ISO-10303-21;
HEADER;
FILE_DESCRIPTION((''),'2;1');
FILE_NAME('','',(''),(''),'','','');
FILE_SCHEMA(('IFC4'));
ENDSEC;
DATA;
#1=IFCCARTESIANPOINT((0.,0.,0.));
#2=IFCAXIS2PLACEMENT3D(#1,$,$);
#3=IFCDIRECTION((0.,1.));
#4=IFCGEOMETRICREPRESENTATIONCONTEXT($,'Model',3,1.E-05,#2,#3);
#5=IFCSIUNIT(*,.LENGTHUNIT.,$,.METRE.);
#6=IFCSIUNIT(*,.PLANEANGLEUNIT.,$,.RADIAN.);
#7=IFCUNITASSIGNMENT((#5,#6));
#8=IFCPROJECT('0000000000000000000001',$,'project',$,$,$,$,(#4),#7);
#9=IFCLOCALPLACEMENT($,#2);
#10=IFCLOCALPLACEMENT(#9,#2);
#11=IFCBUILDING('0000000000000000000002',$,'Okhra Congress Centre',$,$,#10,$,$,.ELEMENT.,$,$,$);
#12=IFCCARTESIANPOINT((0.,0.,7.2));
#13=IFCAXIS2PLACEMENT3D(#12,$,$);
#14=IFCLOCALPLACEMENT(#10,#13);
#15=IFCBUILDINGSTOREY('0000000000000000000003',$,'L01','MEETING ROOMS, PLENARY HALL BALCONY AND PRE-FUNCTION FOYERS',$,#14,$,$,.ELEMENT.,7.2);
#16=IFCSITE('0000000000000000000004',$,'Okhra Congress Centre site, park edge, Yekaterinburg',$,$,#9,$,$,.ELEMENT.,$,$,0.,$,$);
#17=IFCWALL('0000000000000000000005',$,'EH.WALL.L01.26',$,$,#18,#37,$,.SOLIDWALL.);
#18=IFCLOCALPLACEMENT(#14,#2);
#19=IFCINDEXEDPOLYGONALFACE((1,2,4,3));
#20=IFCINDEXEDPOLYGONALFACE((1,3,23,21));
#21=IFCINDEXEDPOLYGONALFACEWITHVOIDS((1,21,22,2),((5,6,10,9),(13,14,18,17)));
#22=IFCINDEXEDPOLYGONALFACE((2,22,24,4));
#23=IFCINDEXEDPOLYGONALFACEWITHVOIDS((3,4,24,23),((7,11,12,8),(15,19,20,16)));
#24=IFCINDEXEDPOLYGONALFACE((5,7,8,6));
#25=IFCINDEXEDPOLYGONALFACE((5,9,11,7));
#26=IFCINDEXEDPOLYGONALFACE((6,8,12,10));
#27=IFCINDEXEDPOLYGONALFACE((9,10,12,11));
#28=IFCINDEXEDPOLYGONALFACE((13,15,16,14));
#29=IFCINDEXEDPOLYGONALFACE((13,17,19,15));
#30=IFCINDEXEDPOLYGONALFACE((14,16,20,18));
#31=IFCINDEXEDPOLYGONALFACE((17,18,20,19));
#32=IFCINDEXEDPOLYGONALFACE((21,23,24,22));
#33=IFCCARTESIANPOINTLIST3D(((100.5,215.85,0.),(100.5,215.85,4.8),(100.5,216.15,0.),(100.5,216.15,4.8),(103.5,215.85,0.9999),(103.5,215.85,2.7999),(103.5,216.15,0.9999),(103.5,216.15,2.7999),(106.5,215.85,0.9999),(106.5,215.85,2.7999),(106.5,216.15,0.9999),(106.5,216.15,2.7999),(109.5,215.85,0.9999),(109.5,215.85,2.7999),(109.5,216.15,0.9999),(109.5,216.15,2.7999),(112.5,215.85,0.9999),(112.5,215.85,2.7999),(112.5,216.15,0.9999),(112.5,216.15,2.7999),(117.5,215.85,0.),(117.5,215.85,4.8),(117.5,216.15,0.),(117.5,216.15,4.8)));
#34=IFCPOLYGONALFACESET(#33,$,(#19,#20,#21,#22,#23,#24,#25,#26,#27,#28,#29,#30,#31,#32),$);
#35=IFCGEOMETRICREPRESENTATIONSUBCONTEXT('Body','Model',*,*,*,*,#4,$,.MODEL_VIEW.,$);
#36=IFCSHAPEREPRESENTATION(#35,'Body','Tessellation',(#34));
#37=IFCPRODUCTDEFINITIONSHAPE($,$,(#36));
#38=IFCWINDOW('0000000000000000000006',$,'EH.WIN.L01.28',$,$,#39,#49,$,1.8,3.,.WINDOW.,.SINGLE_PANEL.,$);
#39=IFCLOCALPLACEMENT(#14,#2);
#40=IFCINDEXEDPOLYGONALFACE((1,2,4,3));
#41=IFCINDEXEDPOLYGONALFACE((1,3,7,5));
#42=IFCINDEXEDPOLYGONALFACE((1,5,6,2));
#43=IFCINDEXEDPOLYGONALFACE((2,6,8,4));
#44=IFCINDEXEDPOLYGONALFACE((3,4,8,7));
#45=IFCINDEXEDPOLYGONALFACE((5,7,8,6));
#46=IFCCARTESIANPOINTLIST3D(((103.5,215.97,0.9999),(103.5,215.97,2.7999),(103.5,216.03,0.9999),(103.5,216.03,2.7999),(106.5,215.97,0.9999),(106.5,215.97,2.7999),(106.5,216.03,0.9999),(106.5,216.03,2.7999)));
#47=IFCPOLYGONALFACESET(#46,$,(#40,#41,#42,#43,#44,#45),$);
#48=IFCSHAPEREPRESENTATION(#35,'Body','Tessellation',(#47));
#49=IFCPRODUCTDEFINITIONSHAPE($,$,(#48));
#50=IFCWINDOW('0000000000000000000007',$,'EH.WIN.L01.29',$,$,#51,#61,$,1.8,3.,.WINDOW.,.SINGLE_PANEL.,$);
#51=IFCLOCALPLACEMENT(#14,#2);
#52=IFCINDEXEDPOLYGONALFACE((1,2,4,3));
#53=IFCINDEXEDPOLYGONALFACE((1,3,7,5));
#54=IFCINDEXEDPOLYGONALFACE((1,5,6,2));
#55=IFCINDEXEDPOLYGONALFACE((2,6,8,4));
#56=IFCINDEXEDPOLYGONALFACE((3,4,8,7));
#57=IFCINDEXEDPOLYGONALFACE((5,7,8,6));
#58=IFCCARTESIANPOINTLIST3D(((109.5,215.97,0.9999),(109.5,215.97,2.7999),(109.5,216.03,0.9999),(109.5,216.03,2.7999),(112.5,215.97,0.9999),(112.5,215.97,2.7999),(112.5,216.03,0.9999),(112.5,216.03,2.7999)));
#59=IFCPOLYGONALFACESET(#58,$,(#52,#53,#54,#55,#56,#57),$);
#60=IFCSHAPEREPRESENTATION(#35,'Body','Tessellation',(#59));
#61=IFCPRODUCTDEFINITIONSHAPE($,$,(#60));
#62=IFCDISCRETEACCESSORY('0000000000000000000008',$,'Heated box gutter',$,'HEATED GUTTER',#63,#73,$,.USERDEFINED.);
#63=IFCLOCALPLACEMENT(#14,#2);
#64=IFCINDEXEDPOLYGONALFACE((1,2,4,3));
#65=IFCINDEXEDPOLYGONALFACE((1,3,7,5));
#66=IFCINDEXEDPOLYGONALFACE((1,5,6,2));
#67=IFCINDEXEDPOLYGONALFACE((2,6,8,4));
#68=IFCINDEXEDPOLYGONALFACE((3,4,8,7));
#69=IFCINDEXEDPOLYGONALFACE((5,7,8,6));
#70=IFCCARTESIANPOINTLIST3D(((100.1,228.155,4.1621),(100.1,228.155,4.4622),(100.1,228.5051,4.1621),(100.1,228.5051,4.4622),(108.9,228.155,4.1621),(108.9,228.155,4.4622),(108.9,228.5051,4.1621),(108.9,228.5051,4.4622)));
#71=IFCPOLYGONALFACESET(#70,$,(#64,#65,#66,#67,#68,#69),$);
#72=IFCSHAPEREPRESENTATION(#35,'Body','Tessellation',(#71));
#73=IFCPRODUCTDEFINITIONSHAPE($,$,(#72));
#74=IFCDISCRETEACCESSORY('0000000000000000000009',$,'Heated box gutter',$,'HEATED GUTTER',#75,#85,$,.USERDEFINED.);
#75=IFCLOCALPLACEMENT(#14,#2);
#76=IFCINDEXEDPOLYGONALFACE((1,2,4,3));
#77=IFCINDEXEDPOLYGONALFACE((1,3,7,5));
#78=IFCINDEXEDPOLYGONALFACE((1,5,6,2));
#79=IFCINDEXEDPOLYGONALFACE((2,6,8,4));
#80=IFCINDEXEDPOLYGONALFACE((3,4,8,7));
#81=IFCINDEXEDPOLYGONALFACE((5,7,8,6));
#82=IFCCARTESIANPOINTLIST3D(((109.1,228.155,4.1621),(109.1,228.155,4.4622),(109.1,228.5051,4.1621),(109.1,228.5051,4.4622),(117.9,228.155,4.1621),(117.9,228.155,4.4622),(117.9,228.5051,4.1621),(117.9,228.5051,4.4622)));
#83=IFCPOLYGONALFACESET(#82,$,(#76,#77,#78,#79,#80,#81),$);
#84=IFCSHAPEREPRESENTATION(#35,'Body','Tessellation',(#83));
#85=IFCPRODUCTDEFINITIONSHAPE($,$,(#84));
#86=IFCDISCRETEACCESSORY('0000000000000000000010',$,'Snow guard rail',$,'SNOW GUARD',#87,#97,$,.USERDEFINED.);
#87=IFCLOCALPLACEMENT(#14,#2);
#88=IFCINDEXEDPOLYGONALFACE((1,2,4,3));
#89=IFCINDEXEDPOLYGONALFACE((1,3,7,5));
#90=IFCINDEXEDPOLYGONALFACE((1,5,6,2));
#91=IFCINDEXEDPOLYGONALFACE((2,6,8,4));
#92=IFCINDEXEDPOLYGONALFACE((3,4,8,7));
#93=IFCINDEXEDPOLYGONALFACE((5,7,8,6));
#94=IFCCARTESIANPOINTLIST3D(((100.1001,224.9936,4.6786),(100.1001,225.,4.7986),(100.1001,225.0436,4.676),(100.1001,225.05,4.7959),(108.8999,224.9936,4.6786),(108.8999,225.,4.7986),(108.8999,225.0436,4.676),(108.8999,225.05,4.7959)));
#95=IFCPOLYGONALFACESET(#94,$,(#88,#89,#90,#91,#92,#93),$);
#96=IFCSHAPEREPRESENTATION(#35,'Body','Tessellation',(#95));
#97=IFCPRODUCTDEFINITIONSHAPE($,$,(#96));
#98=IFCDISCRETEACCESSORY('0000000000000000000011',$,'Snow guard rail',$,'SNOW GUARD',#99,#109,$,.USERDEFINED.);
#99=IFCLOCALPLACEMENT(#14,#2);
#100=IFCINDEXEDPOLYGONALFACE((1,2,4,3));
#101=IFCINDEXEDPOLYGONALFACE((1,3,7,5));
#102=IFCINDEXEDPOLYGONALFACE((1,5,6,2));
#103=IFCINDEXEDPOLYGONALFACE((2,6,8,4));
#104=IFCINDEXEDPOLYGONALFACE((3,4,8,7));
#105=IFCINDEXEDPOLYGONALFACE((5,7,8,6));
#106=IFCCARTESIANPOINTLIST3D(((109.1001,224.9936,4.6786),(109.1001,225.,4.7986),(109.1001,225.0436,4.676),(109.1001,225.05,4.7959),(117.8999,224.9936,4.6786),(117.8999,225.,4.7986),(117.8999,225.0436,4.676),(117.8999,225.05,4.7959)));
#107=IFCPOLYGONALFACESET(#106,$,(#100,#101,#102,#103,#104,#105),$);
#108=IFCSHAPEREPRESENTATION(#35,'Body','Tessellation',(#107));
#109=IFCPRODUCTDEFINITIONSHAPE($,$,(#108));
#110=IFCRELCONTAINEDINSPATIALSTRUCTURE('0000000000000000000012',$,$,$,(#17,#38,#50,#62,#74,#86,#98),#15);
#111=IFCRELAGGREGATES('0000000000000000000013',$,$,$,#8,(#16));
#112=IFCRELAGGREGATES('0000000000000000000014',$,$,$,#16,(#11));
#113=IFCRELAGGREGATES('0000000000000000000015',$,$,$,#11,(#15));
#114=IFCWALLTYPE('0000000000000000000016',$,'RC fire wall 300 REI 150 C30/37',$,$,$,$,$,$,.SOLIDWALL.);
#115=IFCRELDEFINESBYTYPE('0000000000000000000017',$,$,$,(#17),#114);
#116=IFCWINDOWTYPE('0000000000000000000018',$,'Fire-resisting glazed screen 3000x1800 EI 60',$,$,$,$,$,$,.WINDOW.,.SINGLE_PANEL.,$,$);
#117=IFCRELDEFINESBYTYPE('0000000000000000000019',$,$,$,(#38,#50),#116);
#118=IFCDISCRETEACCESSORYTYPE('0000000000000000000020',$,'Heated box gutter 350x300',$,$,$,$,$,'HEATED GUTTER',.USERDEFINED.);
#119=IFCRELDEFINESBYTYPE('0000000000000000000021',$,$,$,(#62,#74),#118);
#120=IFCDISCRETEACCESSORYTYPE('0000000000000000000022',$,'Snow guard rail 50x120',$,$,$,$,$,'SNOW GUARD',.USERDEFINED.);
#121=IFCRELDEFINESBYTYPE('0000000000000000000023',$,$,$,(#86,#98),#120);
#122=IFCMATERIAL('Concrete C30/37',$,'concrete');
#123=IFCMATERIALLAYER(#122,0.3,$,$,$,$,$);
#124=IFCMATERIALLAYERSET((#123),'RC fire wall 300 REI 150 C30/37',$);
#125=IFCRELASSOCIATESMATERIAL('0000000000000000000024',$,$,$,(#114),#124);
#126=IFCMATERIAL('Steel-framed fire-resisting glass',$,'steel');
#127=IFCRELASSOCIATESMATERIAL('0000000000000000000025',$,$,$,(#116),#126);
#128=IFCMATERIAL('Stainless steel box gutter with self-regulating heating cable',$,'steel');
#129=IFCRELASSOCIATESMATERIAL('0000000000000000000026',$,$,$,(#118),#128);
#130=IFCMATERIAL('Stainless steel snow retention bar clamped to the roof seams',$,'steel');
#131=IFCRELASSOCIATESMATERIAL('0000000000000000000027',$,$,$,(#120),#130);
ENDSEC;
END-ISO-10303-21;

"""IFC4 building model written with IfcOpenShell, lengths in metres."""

from ifc_helpers import new_model, si_unit, direction, frame, frame_2d, origin, origin_2d, place, context, subcontext, project, spatial, polyline, rectangle, outline, extrude, material, layer, layer_set, type_object, element, fill, save


model = new_model("IFC4")

# Units and contexts
model_context = context("Model", 3, precision=1e-05, world=origin(), true_north=direction((0.0, 1.0)))
body_context = subcontext(model_context, "Body", "Model", "MODEL_VIEW")
ifc_project = project(units=[si_unit("LENGTHUNIT", "METRE"), si_unit("PLANEANGLEUNIT", "RADIAN")], contexts=[model_context])

# Site, building, storey
site_placement = place(None, origin())
site = spatial("IfcSite", under=ifc_project, at=site_placement, Name="Okhra Congress Centre site, park edge, Yekaterinburg", CompositionType="ELEMENT", RefElevation=0.0)
building_placement = place(site_placement, origin())
building = spatial("IfcBuilding", under=site, at=building_placement, Name="Okhra Congress Centre", CompositionType="ELEMENT")
storey_placement = place(building_placement, frame((0.0, 0.0, 7.2)))
storey = spatial("IfcBuildingStorey", under=building, at=storey_placement, Name="L01", Description="MEETING ROOMS, PLENARY HALL BALCONY AND PRE-FUNCTION FOYERS", CompositionType="ELEMENT", Elevation=7.2)

# Wall, openings, windows
ifc_material_1 = material(Name="Concrete C30/37", Category="concrete")
ifc_layer_1 = layer(ifc_material_1, 0.3)
ifc_layer_set_1 = layer_set([ifc_layer_1], Name="RC fire wall 300 REI 150 C30/37")
wall_type_1 = type_object("IfcWallType", Name="RC fire wall 300 REI 150 C30/37", PredefinedType="SOLIDWALL", material=ifc_layer_set_1)
wall_1_placement = place(storey_placement, frame((100.5, 216.0, 0.0), z_axis=(0.0, 0.0, 1.0), x_axis=(1.0, 0.0, 0.0)))
wall_1 = element("IfcWall", 1, at=wall_1_placement, inside=storey, type_object=wall_type_1, Name="EH.WALL.L01.26", PredefinedType="SOLIDWALL", context=body_context, shape_type="SweptSolid", body=[
    extrude(rectangle(XDim=17.0, YDim=0.3, at=frame_2d((8.5, 0.0))), origin(), (0.0, 0.0, 1.0), 4.8),
])
opening_1_placement = place(wall_1_placement, frame((3.0, 0.0, 1.0)))
opening_1 = element("IfcOpeningElement", 2, at=opening_1_placement, cuts=wall_1, PredefinedType="OPENING", context=body_context, shape_type="SweptSolid", body=[
    extrude(rectangle(XDim=3.0, YDim=1.8, at=frame_2d((1.5, 0.8999))), frame((0.0, 0.1599, 0.0), z_axis=(0.0, -1.0, 0.0), x_axis=(1.0, 0.0, 0.0)), (0.0, 0.0, 1.0), 0.3201),
])
opening_2_placement = place(wall_1_placement, frame((9.0, 0.0, 1.0)))
opening_2 = element("IfcOpeningElement", 3, at=opening_2_placement, cuts=wall_1, PredefinedType="OPENING", context=body_context, shape_type="SweptSolid", body=[
    extrude(rectangle(XDim=3.0, YDim=1.8, at=frame_2d((1.5, 0.8999))), frame((0.0, 0.1599, 0.0), z_axis=(0.0, -1.0, 0.0), x_axis=(1.0, 0.0, 0.0)), (0.0, 0.0, 1.0), 0.3201),
])
ifc_material_2 = material(Name="Steel-framed fire-resisting glass", Category="steel")
window_type_1 = type_object("IfcWindowType", Name="Fire-resisting glazed screen 3000x1800 EI 60", PartitioningType="SINGLE_PANEL", PredefinedType="WINDOW", material=ifc_material_2)
window_1_placement = place(opening_1_placement, origin())
window_1 = element("IfcWindow", 4, at=window_1_placement, inside=storey, type_object=window_type_1, Name="EH.WIN.L01.28", OverallHeight=1.8, OverallWidth=3.0, PartitioningType="SINGLE_PANEL", PredefinedType="WINDOW", context=body_context, shape_type="SweptSolid", body=[
    extrude(rectangle(XDim=3.0, YDim=1.8, at=frame_2d((1.5, 0.8999))), frame((0.0, 0.03, 0.0), z_axis=(0.0, -1.0, 0.0), x_axis=(1.0, 0.0, 0.0)), (0.0, 0.0, 1.0), 0.0601),
])
fill(opening_1, window_1)
window_2_placement = place(opening_2_placement, origin())
window_2 = element("IfcWindow", 5, at=window_2_placement, inside=storey, type_object=window_type_1, Name="EH.WIN.L01.29", OverallHeight=1.8, OverallWidth=3.0, PartitioningType="SINGLE_PANEL", PredefinedType="WINDOW", context=body_context, shape_type="SweptSolid", body=[
    extrude(rectangle(XDim=3.0, YDim=1.8, at=frame_2d((1.5, 0.8999))), frame((0.0, 0.03, 0.0), z_axis=(0.0, -1.0, 0.0), x_axis=(1.0, 0.0, 0.0)), (0.0, 0.0, 1.0), 0.0601),
])
fill(opening_2, window_2)

# Discrete accessories
ifc_material_3 = material(Name="Stainless steel box gutter with self-regulating heating cable", Category="steel")
discrete_accessory_type_1 = type_object("IfcDiscreteAccessoryType", Name="Heated box gutter 350x300", ElementType="HEATED GUTTER", PredefinedType="USERDEFINED", material=ifc_material_3)
for number, where, z_axis, x_axis, name in (
    (6, (104.5, 228.3301, 4.1621), (0.0, 0.0, 1.0), (1.0, 0.0, 0.0), "Heated box gutter"),
    (7, (113.5, 228.3301, 4.1621), (0.0, 0.0, 1.0), (1.0, 0.0, 0.0), "Heated box gutter"),
):
    element("IfcDiscreteAccessory", number, at=place(storey_placement, frame(where, z_axis=z_axis, x_axis=x_axis)), inside=storey, type_object=discrete_accessory_type_1, Name=name, ObjectType="HEATED GUTTER", PredefinedType="USERDEFINED", context=body_context, shape_type="SweptSolid", body=[
        extrude(rectangle(XDim=8.8, YDim=0.3501, at=origin_2d()), origin(), (0.0, 0.0, 1.0), 0.3),
    ])
ifc_material_4 = material(Name="Stainless steel snow retention bar clamped to the roof seams", Category="steel")
discrete_accessory_type_2 = type_object("IfcDiscreteAccessoryType", Name="Snow guard rail 50x120", ElementType="SNOW GUARD", PredefinedType="USERDEFINED", material=ifc_material_4)
for number, where, z_axis, x_axis, name in (
    (8, (100.1001, 225.0, 4.7986), (0.0, 0.053581, 0.998563), (1.0, 0.0, 0.0), "Snow guard rail"),
    (9, (109.1001, 225.0, 4.7986), (0.0, 0.053581, 0.998563), (1.0, 0.0, 0.0), "Snow guard rail"),
):
    element("IfcDiscreteAccessory", number, at=place(storey_placement, frame(where, z_axis=z_axis, x_axis=x_axis)), inside=storey, type_object=discrete_accessory_type_2, Name=name, ObjectType="SNOW GUARD", PredefinedType="USERDEFINED", context=body_context, shape_type="SweptSolid", body=[
        extrude(outline(polyline([(0.0, 0.0), (8.7998, 0.0), (8.7998, 0.0501), (0.0, 0.0501), (0.0, 0.0)])), origin(), (0.0, 0.0, -1.0), 0.1201),
    ])

save(model, "model.ifc")
